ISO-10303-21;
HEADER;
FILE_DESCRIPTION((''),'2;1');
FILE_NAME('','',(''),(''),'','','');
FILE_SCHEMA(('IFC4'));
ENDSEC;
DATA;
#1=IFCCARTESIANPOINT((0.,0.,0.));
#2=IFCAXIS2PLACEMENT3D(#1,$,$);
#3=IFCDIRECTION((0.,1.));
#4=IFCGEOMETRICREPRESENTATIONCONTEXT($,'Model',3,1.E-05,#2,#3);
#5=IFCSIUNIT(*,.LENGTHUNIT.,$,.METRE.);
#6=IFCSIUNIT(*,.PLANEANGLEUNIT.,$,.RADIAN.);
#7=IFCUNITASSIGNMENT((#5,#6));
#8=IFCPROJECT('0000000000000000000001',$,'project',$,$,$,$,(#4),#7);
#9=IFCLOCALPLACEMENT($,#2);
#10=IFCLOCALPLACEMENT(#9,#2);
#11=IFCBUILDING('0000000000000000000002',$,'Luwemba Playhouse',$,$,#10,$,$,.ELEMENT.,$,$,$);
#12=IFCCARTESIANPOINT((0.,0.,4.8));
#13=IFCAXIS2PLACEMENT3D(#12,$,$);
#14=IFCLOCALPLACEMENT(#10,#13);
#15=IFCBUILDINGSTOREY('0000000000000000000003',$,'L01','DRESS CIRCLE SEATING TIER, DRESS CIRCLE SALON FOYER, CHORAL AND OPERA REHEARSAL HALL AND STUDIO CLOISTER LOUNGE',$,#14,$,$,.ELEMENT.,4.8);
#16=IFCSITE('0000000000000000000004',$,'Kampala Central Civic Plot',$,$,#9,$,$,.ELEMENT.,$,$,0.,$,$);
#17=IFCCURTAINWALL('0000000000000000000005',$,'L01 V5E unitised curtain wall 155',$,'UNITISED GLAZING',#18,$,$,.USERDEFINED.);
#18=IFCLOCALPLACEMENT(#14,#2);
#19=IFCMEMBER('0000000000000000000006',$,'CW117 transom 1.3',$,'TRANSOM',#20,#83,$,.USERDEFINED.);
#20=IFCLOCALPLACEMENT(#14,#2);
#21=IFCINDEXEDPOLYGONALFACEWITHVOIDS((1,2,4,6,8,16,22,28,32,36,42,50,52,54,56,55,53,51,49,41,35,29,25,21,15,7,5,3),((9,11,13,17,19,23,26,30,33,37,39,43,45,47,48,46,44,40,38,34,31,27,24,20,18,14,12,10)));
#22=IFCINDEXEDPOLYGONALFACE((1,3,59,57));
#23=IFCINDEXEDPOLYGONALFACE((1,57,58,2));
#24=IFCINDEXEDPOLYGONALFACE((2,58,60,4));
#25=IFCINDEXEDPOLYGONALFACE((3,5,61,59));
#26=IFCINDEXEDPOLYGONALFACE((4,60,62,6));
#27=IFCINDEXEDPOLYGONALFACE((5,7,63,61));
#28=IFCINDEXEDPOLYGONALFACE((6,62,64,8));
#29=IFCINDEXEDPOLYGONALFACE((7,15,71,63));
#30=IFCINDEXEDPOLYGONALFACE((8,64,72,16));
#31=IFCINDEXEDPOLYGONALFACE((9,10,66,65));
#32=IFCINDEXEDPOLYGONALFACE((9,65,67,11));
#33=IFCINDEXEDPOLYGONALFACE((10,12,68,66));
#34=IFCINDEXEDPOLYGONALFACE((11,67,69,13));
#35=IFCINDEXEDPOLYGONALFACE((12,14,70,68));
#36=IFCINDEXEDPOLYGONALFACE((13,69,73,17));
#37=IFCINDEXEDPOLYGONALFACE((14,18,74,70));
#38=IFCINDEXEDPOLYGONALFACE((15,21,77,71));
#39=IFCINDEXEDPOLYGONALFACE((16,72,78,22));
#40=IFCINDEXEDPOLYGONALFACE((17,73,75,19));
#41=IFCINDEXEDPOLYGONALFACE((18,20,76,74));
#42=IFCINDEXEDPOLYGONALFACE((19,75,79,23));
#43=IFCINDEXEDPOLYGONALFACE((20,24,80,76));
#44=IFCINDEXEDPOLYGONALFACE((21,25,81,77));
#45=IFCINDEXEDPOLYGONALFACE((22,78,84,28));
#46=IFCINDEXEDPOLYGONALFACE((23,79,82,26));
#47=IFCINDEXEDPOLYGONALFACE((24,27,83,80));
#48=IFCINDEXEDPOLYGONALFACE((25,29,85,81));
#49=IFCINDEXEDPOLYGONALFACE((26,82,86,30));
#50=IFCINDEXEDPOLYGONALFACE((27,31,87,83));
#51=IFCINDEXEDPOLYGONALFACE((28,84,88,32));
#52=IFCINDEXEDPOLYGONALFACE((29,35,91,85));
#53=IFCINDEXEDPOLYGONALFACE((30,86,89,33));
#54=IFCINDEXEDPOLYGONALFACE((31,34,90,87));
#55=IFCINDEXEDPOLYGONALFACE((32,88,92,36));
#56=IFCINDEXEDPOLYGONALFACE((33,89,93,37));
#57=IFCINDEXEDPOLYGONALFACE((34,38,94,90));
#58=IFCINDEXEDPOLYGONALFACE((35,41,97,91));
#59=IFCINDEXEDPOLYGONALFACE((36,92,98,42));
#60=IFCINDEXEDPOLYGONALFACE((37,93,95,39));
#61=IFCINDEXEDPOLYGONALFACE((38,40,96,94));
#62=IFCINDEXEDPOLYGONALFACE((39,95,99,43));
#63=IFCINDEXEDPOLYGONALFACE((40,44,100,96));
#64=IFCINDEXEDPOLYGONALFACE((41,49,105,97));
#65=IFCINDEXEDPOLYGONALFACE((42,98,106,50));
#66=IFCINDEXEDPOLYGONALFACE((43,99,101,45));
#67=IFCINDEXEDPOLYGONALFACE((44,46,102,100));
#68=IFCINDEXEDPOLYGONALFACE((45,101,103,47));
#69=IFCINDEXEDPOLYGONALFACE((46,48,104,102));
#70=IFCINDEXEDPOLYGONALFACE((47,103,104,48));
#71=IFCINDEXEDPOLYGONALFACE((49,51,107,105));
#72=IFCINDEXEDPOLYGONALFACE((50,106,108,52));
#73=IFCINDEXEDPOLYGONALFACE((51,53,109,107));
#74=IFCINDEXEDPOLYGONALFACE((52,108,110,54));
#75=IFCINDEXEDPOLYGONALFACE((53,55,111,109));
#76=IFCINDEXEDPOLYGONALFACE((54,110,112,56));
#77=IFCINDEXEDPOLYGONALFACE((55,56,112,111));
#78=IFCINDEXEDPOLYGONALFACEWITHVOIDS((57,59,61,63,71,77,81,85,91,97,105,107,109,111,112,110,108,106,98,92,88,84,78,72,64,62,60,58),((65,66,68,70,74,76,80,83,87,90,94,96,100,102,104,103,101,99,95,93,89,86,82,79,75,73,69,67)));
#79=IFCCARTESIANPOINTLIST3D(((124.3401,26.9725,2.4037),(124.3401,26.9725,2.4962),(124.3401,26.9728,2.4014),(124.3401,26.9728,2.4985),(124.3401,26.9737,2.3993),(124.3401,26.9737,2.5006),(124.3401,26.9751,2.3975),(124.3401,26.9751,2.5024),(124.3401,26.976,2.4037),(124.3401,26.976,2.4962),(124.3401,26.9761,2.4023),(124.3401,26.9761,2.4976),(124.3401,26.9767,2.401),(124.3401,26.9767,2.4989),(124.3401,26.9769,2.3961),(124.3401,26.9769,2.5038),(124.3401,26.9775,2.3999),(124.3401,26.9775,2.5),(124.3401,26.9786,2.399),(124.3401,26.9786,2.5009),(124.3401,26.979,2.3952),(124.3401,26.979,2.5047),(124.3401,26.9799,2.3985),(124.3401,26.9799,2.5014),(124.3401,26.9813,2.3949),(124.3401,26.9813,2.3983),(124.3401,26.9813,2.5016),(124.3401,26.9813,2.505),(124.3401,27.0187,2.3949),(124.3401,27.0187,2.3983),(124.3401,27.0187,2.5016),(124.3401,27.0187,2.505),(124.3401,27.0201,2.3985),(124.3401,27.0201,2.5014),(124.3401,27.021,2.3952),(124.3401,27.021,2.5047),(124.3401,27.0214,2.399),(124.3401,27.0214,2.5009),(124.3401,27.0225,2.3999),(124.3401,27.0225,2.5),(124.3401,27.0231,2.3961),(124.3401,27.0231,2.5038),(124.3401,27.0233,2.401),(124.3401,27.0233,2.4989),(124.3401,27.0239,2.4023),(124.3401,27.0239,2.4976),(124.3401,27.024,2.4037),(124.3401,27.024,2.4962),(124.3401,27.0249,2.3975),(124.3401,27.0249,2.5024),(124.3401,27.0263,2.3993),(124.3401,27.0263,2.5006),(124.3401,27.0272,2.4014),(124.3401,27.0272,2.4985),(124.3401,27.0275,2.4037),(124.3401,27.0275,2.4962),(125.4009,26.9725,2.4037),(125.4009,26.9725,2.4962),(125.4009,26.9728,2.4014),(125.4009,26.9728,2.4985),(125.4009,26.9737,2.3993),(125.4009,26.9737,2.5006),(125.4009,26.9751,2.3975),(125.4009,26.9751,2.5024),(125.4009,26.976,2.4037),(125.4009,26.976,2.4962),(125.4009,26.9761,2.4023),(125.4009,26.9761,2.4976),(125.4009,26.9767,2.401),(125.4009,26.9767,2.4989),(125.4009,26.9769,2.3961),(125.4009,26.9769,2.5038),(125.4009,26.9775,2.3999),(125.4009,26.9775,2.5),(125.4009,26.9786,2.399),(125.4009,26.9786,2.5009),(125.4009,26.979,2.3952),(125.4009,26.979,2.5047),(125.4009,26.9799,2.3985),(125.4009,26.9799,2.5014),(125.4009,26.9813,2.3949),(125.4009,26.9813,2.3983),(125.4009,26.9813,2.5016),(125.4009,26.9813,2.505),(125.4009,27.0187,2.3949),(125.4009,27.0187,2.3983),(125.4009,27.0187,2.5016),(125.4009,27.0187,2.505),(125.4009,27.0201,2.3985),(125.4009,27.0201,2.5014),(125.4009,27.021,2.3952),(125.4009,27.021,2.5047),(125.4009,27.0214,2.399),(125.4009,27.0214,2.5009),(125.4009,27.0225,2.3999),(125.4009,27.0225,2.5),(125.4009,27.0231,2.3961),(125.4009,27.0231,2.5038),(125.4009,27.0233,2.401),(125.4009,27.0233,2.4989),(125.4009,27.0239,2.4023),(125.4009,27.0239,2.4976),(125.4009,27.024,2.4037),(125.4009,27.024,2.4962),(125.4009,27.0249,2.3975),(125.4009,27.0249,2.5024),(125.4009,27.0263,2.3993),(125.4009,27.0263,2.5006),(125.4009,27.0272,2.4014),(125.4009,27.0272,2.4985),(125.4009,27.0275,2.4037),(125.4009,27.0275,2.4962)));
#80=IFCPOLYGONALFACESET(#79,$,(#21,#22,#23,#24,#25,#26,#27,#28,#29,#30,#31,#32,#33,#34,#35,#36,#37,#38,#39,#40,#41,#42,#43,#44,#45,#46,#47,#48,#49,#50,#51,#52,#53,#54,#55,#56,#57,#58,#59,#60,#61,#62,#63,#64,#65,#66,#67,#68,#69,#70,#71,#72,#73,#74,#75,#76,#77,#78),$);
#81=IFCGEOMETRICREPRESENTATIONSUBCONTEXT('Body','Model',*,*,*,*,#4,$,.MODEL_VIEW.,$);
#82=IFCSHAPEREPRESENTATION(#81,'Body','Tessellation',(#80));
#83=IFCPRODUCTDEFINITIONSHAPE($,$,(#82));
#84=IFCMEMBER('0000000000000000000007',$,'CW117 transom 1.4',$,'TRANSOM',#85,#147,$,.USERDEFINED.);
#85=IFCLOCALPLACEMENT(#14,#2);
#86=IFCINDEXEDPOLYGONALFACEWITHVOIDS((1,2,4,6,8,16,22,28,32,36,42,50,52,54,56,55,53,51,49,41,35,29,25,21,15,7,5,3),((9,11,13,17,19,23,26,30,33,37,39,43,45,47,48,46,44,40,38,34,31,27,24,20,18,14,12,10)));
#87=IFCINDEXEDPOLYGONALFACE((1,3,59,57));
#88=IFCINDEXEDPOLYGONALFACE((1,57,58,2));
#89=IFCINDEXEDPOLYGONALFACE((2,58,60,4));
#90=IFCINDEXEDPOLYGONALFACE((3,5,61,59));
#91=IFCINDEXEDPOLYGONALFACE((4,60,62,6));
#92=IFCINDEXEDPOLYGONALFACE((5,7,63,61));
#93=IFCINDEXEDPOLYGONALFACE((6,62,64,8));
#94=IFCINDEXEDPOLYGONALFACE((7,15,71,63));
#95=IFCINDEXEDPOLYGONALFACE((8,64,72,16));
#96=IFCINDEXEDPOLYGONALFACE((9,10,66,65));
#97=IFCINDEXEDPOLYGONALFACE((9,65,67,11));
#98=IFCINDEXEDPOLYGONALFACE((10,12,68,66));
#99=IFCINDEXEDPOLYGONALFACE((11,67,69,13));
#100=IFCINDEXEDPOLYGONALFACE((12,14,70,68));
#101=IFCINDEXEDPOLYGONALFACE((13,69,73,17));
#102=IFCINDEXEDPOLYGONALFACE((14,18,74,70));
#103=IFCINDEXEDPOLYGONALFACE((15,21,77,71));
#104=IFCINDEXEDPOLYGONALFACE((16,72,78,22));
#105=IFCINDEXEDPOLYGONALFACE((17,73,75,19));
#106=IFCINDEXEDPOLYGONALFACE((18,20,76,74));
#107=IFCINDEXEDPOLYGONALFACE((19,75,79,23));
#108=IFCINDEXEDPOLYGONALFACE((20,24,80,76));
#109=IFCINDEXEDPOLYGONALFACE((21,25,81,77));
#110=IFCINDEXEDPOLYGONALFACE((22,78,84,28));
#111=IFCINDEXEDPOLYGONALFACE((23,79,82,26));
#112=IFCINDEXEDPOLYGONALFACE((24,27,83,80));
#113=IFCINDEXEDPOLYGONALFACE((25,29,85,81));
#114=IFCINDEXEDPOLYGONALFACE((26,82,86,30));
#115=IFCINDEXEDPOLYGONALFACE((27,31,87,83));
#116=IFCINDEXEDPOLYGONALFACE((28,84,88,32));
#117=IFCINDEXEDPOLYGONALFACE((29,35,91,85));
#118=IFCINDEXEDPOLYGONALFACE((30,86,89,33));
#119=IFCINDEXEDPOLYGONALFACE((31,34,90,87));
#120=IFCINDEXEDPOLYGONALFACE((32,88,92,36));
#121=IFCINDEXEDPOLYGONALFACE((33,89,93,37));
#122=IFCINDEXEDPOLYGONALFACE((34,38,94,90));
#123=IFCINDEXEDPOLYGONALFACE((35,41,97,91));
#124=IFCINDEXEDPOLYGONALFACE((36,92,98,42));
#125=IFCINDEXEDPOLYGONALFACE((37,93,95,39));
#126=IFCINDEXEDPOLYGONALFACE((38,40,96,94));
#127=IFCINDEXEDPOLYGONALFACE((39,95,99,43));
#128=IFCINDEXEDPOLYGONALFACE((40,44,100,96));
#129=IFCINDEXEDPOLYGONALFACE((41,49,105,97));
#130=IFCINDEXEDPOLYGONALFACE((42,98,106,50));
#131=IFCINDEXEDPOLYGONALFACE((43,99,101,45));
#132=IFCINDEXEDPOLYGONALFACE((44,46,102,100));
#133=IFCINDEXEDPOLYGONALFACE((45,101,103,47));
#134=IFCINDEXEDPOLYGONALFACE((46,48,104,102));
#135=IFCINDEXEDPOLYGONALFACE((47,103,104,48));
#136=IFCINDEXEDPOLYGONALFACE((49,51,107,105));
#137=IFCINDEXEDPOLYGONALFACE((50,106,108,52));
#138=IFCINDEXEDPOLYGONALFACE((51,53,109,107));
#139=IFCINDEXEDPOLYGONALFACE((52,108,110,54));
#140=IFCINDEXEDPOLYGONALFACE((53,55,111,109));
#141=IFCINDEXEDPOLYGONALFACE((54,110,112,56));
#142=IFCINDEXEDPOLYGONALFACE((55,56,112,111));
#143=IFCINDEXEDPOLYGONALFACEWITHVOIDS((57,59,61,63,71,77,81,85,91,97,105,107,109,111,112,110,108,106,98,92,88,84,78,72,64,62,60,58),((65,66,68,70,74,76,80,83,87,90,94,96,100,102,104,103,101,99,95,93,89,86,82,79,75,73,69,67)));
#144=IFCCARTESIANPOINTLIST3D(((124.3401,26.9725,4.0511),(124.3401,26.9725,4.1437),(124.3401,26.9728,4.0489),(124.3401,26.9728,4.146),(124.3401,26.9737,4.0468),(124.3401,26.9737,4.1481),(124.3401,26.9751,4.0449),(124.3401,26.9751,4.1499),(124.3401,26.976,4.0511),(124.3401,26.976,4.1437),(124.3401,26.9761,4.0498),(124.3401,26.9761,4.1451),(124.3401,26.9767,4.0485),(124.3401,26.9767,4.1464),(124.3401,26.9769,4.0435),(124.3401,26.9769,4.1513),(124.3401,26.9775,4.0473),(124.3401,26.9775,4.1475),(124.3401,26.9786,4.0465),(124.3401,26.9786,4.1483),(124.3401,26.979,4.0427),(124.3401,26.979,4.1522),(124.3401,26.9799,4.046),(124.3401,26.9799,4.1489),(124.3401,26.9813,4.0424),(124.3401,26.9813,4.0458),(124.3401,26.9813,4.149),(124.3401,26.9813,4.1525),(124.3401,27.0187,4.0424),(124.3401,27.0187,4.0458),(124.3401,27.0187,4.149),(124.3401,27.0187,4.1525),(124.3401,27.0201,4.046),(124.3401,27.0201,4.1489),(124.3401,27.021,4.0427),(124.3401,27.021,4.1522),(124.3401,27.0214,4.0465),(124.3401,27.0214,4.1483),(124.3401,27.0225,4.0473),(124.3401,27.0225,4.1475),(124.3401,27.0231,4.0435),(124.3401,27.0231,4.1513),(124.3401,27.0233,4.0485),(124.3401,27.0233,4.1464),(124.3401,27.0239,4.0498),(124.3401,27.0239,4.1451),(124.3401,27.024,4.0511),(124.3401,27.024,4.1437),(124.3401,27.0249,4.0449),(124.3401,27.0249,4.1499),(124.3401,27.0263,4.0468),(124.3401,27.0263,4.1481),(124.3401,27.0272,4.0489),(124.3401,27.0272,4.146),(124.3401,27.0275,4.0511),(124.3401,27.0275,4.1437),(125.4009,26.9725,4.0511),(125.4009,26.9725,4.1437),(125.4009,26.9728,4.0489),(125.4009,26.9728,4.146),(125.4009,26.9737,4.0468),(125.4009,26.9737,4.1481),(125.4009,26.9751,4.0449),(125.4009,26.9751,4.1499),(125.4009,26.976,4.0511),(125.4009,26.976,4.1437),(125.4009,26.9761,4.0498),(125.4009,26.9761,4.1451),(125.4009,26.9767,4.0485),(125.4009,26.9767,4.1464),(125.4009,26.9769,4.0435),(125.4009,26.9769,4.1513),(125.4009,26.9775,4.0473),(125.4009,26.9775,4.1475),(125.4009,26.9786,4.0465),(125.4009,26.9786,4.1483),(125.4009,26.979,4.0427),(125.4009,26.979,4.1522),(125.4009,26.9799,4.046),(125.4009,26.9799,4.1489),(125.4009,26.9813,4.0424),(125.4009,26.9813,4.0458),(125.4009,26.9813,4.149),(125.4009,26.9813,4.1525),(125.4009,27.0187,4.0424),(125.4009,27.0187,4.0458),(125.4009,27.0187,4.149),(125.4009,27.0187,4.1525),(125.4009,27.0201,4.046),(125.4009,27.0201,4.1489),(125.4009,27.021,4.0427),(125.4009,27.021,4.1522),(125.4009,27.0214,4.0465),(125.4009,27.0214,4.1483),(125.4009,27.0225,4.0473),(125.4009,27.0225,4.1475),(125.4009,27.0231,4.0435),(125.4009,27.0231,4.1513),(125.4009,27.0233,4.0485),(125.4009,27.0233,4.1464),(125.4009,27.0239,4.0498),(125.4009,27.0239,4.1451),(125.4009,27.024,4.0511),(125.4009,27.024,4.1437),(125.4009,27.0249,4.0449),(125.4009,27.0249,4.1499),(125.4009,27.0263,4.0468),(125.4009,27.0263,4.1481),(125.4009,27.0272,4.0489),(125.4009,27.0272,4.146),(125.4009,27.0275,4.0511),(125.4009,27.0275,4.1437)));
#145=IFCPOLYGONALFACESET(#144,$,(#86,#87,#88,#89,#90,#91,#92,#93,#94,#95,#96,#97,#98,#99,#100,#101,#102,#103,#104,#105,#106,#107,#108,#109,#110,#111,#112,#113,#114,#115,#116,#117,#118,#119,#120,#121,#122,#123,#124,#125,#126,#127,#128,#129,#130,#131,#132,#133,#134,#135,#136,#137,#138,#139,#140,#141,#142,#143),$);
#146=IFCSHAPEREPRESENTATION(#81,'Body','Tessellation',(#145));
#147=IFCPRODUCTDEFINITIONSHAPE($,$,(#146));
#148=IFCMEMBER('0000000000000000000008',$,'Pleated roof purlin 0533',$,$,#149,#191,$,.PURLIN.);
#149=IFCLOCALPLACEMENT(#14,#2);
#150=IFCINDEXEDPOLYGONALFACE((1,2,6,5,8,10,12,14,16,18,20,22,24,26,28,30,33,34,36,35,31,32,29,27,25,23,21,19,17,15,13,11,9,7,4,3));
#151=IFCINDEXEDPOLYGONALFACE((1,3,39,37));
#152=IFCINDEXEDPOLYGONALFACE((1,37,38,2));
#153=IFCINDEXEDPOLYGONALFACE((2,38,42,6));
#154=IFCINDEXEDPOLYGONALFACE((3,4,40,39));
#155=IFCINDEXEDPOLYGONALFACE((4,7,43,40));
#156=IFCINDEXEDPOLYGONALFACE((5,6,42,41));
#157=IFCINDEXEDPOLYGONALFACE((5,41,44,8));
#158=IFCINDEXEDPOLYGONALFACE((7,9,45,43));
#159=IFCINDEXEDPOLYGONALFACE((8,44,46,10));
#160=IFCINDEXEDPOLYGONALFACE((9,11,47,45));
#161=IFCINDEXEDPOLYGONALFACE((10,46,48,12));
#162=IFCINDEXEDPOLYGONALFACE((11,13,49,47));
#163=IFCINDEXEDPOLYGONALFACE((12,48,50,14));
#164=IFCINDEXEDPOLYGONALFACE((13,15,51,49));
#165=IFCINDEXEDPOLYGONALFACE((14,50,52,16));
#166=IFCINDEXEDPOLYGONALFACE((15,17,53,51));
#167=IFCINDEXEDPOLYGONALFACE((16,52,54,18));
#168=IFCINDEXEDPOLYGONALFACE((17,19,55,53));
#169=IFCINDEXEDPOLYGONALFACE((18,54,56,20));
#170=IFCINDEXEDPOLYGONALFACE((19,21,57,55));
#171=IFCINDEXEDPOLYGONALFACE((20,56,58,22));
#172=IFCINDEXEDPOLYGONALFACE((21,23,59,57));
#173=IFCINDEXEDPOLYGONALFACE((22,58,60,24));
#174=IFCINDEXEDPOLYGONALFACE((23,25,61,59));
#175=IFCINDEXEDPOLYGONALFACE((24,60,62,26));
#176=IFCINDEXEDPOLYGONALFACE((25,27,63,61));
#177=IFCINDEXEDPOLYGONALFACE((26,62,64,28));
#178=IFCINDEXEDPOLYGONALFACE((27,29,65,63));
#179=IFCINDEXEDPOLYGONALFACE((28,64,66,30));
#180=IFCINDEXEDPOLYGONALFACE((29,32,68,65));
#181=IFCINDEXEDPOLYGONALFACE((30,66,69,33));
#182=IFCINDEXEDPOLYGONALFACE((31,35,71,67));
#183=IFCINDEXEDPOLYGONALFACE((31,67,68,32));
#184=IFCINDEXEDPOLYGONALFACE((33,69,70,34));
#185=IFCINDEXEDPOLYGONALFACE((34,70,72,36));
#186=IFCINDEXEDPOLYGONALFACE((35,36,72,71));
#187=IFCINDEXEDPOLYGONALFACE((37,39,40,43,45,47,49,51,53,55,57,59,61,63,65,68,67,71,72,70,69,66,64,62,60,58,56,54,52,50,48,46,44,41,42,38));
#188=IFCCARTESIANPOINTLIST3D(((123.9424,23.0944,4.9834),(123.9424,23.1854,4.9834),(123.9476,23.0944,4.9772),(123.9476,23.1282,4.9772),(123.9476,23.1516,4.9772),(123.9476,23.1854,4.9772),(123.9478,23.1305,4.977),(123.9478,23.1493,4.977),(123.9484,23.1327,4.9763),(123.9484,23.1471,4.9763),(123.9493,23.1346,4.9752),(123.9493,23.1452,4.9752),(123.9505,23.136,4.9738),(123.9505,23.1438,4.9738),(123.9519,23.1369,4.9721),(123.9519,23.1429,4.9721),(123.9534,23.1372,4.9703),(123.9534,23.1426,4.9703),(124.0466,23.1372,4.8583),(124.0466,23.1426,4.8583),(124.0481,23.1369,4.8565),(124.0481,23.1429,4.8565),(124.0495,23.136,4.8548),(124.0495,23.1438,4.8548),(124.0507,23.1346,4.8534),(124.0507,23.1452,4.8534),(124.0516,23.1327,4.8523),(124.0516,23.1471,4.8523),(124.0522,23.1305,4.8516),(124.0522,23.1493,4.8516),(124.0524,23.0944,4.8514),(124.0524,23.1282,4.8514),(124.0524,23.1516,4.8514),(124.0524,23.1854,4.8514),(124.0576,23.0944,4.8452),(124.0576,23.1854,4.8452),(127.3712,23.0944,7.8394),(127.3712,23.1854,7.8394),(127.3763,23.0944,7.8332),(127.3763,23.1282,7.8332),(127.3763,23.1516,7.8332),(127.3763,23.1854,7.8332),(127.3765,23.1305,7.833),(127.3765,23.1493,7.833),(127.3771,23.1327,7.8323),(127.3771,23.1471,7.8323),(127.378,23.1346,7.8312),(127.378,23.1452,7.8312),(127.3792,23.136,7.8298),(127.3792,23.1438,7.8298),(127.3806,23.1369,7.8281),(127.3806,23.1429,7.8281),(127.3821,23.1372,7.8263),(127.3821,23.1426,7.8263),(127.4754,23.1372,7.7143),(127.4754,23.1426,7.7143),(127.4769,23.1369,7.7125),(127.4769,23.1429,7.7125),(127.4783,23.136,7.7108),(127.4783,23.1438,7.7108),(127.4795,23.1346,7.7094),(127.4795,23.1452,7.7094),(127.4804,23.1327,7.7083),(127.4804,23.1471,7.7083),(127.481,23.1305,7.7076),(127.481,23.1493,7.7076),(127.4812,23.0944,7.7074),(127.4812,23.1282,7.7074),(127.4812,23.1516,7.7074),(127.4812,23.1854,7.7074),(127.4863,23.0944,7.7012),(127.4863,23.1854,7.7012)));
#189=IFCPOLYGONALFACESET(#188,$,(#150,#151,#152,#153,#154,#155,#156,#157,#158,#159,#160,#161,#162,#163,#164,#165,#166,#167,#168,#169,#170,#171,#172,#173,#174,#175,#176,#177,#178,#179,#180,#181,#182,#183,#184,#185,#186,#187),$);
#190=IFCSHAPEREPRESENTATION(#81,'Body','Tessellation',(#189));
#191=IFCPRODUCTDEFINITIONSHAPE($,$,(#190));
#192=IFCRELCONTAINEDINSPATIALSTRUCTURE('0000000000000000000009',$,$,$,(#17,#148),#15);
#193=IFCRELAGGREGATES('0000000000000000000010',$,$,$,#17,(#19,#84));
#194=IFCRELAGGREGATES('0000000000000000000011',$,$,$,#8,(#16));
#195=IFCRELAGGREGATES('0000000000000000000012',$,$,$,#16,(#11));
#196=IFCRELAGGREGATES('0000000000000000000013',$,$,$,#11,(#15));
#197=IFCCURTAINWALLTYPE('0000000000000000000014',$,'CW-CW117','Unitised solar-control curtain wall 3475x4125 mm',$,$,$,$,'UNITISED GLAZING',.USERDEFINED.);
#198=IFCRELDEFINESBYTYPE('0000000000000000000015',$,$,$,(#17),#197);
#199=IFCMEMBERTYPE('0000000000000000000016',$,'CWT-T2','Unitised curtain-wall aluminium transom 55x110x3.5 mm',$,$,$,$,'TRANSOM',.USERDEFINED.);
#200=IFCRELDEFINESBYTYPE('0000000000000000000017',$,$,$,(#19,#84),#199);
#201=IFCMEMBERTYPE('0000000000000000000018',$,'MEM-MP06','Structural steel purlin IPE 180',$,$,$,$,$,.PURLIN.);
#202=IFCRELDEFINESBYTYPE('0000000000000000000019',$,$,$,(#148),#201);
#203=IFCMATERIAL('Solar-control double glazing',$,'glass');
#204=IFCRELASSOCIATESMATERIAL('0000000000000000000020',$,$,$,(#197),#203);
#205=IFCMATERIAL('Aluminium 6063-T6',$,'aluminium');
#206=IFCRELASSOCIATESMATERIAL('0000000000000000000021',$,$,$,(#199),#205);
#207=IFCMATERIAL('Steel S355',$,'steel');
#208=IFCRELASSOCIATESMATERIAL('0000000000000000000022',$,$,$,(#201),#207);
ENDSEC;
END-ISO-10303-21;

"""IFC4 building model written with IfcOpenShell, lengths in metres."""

from ifc_helpers import new_model, si_unit, direction, frame, origin, origin_2d, place, context, subcontext, project, spatial, hollow_rectangle, i_section, extrude, material, material_profile, profile_set, type_object, element, aggregate, save


model = new_model("IFC4")

# Units and contexts
model_context = context("Model", 3, precision=1e-05, world=origin(), true_north=direction((0.0, 1.0)))
body_context = subcontext(model_context, "Body", "Model", "MODEL_VIEW")
ifc_project = project(units=[si_unit("LENGTHUNIT", "METRE"), si_unit("PLANEANGLEUNIT", "RADIAN")], contexts=[model_context])

# Site, building, storey
site_placement = place(None, origin())
site = spatial("IfcSite", under=ifc_project, at=site_placement, Name="Kampala Central Civic Plot", CompositionType="ELEMENT", RefElevation=0.0)
building_placement = place(site_placement, origin())
building = spatial("IfcBuilding", under=site, at=building_placement, Name="Luwemba Playhouse", CompositionType="ELEMENT")
storey_placement = place(building_placement, frame((0.0, 0.0, 4.8)))
storey = spatial("IfcBuildingStorey", under=building, at=storey_placement, Name="L01", Description="DRESS CIRCLE SEATING TIER, DRESS CIRCLE SALON FOYER, CHORAL AND OPERA REHEARSAL HALL AND STUDIO CLOISTER LOUNGE", CompositionType="ELEMENT", Elevation=4.8)

# Shared definitions
ifc_material_1 = material(Name="Steel S355", Category="steel")

# Shared definitions
ifc_material_2 = material(Name="Solar-control double glazing", Category="glass")
ifc_material_3 = material(Name="Aluminium 6063-T6", Category="aluminium")

# Curtain wall
curtain_wall_type_1 = type_object("IfcCurtainWallType", Name="CW-CW117", Description="Unitised solar-control curtain wall 3475x4125 mm", ElementType="UNITISED GLAZING", PredefinedType="USERDEFINED", material=ifc_material_2)
curtain_wall_1_placement = place(storey_placement, origin())
curtain_wall_1 = element("IfcCurtainWall", 1, at=curtain_wall_1_placement, inside=storey, type_object=curtain_wall_type_1, Name="L01 V5E unitised curtain wall 155", ObjectType="UNITISED GLAZING", PredefinedType="USERDEFINED")

# Members
ifc_material_profile_1 = material_profile(ifc_material_3, hollow_rectangle(XDim=0.0549, YDim=0.1101, WallThickness=0.0034, InnerFilletRadius=0.0054, OuterFilletRadius=0.0088, at=origin_2d()))
ifc_profile_set_1 = profile_set([ifc_material_profile_1], Name="Aluminium 6063-T6")
member_type_1 = type_object("IfcMemberType", Name="CWT-T2", Description="Unitised curtain-wall aluminium transom 55x110x3.5 mm", ElementType="TRANSOM", PredefinedType="USERDEFINED", material=ifc_profile_set_1)
member_1_placement = place(storey_placement, frame((124.3401, 27.0, 2.45), z_axis=(1.0, 0.0, 0.0), x_axis=(0.0, 1.0, 0.0)))
member_1 = element("IfcMember", 2, at=member_1_placement, type_object=member_type_1, Name="CW117 transom 1.3", ObjectType="TRANSOM", PredefinedType="USERDEFINED", context=body_context, shape_type="SweptSolid", body=[
    extrude(hollow_rectangle(XDim=0.0549, YDim=0.1101, WallThickness=0.0034, InnerFilletRadius=0.0054, OuterFilletRadius=0.0088, at=origin_2d()), origin(), (0.0, 0.0, 1.0), 1.0608),
])
member_2_placement = place(storey_placement, frame((124.3401, 27.0, 4.0974), z_axis=(1.0, 0.0, 0.0), x_axis=(0.0, 1.0, 0.0)))
member_2 = element("IfcMember", 3, at=member_2_placement, type_object=member_type_1, Name="CW117 transom 1.4", ObjectType="TRANSOM", PredefinedType="USERDEFINED", context=body_context, shape_type="SweptSolid", body=[
    extrude(hollow_rectangle(XDim=0.0549, YDim=0.1101, WallThickness=0.0034, InnerFilletRadius=0.0054, OuterFilletRadius=0.0088, at=origin_2d()), origin(), (0.0, 0.0, 1.0), 1.0608),
])
aggregate(curtain_wall_1, [member_1, member_2])
ifc_material_profile_2 = material_profile(ifc_material_1, i_section(OverallWidth=0.0911, OverallDepth=0.1799, WebThickness=0.0054, FlangeThickness=0.0081, FilletRadius=0.009, at=origin_2d()))
ifc_profile_set_2 = profile_set([ifc_material_profile_2], Name="Steel S355")
member_type_2 = type_object("IfcMemberType", Name="MEM-MP06", Description="Structural steel purlin IPE 180", PredefinedType="PURLIN", material=ifc_profile_set_2)
member_3_placement = place(storey_placement, frame((124.0, 23.1399, 4.9143), z_axis=(0.768365, 0.0, 0.640012), x_axis=(0.0, 1.0, 0.0)))
element("IfcMember", 4, at=member_3_placement, inside=storey, type_object=member_type_2, Name="Pleated roof purlin 0533", PredefinedType="PURLIN", context=body_context, shape_type="SweptSolid", body=[
    extrude(i_section(OverallWidth=0.0911, OverallDepth=0.1799, WebThickness=0.0054, FlangeThickness=0.0081, FilletRadius=0.009, at=origin_2d()), origin(), (0.0, 0.0, 1.0), 4.4624),
])

save(model, "model.ifc")
